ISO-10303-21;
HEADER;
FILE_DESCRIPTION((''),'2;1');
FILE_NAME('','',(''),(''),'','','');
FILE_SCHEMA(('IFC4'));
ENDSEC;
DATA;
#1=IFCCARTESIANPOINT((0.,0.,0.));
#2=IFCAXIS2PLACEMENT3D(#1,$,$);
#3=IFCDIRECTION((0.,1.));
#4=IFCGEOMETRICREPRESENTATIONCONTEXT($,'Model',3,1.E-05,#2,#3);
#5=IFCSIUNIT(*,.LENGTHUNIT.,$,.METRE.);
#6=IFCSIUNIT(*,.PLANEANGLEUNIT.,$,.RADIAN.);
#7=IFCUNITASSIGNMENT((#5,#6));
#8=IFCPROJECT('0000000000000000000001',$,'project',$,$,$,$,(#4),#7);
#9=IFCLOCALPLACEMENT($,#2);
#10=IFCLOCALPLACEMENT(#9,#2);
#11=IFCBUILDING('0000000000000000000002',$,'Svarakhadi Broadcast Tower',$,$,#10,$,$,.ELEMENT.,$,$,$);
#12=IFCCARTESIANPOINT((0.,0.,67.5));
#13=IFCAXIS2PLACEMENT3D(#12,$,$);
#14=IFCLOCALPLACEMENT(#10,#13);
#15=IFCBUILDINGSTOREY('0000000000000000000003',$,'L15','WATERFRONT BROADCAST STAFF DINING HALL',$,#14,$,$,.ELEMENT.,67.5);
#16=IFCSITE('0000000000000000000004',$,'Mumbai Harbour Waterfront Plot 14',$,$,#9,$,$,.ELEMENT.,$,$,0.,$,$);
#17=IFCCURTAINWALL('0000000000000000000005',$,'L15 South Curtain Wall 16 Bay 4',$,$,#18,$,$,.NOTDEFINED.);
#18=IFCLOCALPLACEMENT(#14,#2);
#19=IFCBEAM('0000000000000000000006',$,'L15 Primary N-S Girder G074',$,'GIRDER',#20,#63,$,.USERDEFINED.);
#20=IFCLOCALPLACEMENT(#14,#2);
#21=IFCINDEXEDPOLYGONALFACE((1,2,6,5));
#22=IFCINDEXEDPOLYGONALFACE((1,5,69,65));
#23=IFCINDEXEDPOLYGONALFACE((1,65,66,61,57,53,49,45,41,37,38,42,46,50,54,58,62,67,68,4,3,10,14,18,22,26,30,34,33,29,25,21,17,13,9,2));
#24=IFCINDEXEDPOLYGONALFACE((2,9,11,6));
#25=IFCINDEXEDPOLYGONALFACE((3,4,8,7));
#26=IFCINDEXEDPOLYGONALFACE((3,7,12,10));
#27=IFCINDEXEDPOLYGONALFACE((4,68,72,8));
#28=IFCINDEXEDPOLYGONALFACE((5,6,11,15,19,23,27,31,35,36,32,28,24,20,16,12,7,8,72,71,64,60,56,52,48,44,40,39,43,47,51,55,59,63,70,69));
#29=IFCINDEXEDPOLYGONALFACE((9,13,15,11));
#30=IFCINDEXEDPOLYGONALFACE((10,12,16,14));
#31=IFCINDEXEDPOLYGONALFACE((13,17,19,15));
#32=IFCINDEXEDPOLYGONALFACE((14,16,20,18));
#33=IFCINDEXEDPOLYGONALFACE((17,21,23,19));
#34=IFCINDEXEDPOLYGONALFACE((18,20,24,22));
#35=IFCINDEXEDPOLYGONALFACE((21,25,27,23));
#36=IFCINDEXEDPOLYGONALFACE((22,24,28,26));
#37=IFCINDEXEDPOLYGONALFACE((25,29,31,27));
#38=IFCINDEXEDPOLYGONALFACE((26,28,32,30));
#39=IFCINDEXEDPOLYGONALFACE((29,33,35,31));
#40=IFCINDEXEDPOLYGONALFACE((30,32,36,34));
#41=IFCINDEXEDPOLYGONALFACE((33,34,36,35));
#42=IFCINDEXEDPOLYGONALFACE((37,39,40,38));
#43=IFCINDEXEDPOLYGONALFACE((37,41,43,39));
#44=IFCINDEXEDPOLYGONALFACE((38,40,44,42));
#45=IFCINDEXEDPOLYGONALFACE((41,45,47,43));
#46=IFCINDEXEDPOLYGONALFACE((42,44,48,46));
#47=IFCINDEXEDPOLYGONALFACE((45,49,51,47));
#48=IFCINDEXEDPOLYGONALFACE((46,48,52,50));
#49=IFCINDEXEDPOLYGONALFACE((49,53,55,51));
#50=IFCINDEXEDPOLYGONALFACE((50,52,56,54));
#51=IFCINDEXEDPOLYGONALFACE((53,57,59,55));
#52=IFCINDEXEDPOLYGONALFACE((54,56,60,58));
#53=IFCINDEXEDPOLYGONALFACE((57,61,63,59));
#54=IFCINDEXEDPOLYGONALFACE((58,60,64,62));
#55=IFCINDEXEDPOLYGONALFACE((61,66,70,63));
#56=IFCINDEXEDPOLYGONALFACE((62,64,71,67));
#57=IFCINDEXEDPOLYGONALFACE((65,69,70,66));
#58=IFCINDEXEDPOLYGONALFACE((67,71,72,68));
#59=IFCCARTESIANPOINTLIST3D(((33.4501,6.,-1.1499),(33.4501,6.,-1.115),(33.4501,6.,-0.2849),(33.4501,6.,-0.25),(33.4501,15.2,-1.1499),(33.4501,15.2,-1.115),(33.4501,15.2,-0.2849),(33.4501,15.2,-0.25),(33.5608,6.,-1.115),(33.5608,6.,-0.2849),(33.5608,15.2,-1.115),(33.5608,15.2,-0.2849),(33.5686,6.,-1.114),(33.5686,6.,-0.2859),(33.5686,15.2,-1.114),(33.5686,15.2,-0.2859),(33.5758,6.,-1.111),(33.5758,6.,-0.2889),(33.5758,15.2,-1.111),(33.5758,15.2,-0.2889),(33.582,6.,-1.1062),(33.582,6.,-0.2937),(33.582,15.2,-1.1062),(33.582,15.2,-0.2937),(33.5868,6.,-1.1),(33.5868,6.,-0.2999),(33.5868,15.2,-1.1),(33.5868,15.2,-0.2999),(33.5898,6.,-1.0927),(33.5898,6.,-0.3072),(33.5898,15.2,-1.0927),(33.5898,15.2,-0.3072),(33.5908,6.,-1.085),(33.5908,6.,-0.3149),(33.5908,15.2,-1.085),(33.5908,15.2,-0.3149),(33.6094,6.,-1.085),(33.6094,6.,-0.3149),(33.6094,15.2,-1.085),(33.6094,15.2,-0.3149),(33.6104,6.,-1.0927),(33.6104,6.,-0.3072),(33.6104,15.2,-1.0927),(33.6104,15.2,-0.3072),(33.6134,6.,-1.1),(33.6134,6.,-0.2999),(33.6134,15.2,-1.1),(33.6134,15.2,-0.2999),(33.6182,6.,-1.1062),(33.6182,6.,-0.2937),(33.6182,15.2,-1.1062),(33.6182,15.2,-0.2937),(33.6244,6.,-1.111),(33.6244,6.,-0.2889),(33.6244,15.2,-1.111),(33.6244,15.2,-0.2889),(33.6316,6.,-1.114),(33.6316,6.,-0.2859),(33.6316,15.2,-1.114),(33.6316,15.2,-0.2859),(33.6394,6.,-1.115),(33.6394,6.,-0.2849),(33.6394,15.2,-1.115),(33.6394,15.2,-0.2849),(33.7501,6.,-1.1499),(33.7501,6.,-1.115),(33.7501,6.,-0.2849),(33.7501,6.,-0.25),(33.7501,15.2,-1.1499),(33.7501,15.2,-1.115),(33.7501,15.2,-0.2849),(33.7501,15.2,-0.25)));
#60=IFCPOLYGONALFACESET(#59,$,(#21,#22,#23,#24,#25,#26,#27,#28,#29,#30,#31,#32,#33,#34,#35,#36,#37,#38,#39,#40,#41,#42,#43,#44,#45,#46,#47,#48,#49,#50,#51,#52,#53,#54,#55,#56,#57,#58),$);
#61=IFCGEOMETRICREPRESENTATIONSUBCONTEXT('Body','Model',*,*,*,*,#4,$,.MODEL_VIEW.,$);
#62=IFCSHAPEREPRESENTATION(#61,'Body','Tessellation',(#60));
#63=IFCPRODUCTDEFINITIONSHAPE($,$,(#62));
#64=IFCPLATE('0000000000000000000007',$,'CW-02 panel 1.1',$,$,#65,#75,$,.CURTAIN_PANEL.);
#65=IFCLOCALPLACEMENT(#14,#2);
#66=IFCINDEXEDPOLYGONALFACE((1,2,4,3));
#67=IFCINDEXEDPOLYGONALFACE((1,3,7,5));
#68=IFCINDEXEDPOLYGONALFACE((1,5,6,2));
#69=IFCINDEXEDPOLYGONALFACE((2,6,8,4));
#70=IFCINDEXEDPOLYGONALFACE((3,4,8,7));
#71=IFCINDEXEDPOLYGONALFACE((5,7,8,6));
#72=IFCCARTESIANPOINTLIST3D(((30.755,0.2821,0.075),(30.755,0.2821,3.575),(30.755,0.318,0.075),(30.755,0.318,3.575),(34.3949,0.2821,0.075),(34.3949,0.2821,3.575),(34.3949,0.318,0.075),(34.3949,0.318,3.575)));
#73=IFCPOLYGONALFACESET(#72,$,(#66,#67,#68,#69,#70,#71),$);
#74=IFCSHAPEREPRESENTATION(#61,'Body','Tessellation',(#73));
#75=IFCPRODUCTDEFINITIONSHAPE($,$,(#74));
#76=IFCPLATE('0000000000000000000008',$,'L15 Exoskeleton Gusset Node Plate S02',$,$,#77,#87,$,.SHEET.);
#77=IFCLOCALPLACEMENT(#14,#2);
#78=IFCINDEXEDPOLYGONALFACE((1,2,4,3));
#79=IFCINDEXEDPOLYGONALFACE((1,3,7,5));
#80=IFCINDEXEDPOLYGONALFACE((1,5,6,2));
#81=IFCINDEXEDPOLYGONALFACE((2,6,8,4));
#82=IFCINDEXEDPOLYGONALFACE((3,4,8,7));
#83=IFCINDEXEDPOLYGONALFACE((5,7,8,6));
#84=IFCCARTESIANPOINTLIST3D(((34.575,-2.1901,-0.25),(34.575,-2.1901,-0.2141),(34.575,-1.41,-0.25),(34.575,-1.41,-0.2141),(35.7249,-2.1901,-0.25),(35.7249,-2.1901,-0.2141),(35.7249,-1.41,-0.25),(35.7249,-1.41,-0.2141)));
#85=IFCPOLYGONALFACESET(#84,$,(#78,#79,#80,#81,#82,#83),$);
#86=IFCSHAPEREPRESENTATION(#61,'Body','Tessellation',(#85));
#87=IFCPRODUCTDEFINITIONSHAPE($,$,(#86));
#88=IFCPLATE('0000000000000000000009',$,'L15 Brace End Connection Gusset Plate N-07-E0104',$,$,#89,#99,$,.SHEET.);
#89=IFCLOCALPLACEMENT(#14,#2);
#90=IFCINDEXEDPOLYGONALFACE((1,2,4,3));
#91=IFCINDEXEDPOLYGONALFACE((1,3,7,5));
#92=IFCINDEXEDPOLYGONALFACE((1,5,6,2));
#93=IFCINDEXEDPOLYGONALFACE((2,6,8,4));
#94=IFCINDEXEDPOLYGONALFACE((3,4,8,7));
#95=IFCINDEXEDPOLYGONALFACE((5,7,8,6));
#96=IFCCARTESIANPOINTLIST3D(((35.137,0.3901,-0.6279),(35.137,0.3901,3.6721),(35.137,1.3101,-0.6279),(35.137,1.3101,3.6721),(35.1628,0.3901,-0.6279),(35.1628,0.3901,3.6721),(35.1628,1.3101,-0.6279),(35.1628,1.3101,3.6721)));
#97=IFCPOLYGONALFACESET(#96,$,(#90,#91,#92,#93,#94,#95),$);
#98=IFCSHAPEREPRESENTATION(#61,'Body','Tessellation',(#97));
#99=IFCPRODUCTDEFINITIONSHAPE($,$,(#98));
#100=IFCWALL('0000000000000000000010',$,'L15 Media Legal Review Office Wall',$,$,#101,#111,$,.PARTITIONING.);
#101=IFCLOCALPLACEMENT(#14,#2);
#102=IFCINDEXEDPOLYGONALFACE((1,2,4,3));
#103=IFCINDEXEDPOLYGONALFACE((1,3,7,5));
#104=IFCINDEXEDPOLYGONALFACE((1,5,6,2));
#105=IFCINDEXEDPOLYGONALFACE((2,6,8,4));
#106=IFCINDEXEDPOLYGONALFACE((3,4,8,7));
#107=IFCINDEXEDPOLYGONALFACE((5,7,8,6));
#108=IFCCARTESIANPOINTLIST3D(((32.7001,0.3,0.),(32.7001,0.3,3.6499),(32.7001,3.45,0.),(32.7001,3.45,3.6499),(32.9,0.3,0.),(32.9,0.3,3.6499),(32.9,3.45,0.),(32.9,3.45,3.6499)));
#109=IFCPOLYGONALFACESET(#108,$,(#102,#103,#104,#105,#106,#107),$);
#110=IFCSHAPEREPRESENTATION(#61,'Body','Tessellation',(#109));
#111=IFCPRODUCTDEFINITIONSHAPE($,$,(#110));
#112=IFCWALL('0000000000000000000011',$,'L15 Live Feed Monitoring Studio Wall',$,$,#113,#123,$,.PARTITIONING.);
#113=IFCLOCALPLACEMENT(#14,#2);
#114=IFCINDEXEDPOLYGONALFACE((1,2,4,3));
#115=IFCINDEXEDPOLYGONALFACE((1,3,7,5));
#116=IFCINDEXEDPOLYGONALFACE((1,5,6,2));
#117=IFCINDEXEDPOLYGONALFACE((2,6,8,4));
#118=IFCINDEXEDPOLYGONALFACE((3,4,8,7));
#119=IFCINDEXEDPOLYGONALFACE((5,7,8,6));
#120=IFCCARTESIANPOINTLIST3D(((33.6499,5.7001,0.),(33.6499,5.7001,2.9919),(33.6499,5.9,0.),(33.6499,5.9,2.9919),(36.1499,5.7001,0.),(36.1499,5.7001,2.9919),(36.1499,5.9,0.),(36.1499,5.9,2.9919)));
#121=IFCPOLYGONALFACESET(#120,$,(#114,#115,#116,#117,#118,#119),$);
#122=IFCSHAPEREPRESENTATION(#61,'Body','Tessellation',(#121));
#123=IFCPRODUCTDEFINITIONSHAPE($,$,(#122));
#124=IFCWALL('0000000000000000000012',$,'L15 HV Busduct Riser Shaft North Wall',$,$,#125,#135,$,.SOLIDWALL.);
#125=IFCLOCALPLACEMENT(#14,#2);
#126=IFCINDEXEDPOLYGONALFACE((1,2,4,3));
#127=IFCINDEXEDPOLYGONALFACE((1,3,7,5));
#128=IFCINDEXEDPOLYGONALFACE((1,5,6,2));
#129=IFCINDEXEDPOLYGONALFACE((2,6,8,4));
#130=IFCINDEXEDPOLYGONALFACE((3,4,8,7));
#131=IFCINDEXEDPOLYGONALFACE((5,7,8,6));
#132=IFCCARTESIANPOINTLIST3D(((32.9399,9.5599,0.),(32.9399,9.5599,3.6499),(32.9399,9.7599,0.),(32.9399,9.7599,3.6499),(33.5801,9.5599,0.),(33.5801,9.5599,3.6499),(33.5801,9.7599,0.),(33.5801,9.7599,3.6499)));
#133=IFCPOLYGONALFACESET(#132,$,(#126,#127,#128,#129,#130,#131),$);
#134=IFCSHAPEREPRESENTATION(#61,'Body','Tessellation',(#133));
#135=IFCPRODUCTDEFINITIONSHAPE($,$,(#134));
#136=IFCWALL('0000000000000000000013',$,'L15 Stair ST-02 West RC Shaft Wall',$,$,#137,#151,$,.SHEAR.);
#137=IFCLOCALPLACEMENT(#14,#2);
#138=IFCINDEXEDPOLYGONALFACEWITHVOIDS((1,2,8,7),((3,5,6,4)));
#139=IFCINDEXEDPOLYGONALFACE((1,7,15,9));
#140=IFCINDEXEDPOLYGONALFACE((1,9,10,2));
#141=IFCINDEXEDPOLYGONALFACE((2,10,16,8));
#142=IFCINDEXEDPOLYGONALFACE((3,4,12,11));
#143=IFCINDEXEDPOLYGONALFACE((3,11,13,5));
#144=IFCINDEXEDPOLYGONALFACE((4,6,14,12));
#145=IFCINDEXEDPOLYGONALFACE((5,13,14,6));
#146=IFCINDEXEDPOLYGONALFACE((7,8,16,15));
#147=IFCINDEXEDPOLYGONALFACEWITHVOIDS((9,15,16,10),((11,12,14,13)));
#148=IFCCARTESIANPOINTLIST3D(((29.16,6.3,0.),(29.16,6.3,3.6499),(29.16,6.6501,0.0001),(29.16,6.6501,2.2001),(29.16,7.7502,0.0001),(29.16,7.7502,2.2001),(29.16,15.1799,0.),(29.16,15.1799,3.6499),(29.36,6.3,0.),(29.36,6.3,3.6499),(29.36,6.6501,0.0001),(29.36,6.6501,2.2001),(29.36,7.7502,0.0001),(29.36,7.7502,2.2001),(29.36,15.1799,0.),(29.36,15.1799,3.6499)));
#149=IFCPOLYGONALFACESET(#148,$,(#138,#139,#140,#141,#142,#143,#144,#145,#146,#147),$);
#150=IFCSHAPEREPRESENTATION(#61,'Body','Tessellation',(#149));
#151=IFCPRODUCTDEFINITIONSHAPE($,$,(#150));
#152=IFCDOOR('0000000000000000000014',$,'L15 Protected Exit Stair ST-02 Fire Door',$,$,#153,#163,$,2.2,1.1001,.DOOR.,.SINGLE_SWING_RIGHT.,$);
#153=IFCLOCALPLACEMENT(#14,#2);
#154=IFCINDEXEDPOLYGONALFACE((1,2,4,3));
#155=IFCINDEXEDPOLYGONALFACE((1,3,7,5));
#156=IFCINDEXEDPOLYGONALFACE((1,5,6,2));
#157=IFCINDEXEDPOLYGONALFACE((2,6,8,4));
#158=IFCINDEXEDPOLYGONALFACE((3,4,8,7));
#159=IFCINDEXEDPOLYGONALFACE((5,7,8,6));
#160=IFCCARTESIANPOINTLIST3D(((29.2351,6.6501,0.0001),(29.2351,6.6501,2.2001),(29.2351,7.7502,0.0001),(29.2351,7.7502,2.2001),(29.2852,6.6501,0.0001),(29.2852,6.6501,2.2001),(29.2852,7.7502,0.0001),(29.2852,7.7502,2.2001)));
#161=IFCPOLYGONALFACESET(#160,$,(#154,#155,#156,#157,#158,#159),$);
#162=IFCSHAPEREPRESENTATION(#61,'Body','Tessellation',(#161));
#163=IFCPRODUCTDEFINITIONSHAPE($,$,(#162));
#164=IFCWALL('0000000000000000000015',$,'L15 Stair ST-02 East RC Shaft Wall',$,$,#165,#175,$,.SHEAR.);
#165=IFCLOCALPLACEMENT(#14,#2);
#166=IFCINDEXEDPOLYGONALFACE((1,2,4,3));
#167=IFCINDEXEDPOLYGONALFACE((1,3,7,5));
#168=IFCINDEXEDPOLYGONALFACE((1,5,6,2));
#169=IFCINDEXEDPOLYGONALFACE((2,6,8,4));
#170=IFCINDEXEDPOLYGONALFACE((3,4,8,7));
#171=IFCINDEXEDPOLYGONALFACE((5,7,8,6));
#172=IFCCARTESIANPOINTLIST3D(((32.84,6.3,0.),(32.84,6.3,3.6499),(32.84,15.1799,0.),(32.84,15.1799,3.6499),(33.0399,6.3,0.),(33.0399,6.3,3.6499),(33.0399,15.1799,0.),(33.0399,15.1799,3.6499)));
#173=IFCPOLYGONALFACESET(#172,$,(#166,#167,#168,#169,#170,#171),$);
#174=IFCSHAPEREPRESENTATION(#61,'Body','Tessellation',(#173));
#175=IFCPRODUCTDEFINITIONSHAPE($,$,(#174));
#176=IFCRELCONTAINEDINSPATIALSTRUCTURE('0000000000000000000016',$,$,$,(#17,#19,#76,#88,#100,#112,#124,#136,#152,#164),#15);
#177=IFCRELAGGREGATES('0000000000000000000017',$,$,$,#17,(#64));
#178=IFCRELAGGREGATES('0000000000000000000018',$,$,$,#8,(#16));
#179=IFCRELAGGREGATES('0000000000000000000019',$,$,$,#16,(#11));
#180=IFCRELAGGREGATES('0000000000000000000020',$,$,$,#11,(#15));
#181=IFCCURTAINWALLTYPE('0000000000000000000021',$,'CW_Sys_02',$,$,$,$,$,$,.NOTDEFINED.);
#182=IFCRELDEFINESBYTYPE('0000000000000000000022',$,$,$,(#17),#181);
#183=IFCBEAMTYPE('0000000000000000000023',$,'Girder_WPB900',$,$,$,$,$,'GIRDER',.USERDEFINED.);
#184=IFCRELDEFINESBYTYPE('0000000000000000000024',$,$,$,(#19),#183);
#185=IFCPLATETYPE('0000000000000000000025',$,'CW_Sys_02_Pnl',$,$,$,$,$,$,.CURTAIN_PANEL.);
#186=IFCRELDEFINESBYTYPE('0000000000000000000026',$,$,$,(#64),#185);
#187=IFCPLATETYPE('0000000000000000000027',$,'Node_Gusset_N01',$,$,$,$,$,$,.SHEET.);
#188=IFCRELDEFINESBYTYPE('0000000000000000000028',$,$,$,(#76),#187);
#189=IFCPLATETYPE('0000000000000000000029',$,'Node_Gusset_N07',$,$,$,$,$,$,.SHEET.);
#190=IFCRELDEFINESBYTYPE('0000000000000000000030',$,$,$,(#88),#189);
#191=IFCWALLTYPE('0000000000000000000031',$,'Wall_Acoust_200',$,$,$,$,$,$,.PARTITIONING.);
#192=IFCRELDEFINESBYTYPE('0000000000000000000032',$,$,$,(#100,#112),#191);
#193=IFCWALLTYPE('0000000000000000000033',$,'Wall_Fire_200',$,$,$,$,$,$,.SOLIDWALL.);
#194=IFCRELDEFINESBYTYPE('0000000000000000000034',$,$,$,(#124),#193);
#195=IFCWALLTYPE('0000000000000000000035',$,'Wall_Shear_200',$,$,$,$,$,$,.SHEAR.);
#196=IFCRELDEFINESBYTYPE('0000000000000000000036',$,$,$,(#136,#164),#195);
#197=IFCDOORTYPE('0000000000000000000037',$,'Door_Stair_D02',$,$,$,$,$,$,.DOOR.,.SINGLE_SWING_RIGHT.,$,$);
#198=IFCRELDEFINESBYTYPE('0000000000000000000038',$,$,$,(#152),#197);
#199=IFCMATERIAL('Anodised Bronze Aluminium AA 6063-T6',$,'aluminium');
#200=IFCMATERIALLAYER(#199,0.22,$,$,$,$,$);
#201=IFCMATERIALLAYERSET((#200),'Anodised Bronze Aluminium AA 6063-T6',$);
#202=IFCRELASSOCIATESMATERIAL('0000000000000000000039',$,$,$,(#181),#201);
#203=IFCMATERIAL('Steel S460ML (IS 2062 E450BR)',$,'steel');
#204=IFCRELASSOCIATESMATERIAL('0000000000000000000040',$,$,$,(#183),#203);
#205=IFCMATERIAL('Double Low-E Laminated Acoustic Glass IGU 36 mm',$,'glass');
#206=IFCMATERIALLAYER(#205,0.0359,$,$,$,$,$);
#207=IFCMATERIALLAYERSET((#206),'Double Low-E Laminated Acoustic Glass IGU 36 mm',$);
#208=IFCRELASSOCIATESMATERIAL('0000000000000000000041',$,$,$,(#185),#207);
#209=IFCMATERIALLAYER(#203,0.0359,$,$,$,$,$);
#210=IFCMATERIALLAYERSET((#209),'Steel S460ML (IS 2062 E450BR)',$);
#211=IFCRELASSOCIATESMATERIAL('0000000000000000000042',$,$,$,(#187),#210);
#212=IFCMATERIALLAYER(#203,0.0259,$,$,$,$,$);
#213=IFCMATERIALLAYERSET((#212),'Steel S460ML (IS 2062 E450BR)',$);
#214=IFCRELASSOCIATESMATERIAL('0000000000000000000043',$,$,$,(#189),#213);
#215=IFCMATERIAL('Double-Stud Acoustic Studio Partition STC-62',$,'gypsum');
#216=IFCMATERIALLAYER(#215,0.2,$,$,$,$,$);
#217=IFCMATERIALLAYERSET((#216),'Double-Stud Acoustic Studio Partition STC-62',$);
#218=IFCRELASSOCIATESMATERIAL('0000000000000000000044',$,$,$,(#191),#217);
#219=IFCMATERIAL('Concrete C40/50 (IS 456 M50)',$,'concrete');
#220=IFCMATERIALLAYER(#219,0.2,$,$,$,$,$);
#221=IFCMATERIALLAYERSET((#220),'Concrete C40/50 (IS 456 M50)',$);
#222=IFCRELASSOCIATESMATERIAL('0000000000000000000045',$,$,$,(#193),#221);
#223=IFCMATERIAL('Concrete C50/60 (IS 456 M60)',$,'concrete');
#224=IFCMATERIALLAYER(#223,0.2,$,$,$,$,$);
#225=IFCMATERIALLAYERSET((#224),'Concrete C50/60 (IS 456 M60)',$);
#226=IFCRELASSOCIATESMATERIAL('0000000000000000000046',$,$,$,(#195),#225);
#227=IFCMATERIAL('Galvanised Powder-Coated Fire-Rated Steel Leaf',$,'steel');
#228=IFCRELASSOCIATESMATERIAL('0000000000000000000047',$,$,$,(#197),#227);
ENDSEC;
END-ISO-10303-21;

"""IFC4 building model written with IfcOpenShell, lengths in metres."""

from ifc_helpers import new_model, si_unit, direction, frame, frame_2d, origin, origin_2d, place, context, subcontext, project, spatial, rectangle, i_section, extrude, material, layer, layer_set, material_profile, profile_set, type_object, element, fill, aggregate, save


model = new_model("IFC4")

# Units and contexts
model_context = context("Model", 3, precision=1e-05, world=origin(), true_north=direction((0.0, 1.0)))
body_context = subcontext(model_context, "Body", "Model", "MODEL_VIEW")
ifc_project = project(units=[si_unit("LENGTHUNIT", "METRE"), si_unit("PLANEANGLEUNIT", "RADIAN")], contexts=[model_context])

# Site, building, storey
site_placement = place(None, origin())
site = spatial("IfcSite", under=ifc_project, at=site_placement, Name="Mumbai Harbour Waterfront Plot 14", CompositionType="ELEMENT", RefElevation=0.0)
building_placement = place(site_placement, origin())
building = spatial("IfcBuilding", under=site, at=building_placement, Name="Svarakhadi Broadcast Tower", CompositionType="ELEMENT")
storey_placement = place(building_placement, frame((0.0, 0.0, 67.5)))
storey = spatial("IfcBuildingStorey", under=building, at=storey_placement, Name="L15", Description="WATERFRONT BROADCAST STAFF DINING HALL", CompositionType="ELEMENT", Elevation=67.5)

# Shared definitions
ifc_material_1 = material(Name="Steel S460ML (IS 2062 E450BR)", Category="steel")

# Curtain wall
ifc_material_2 = material(Name="Anodised Bronze Aluminium AA 6063-T6", Category="aluminium")
ifc_layer_1 = layer(ifc_material_2, 0.22)
ifc_layer_set_1 = layer_set([ifc_layer_1], Name="Anodised Bronze Aluminium AA 6063-T6")
curtain_wall_type = type_object("IfcCurtainWallType", Name="CW_Sys_02", PredefinedType="NOTDEFINED", material=ifc_layer_set_1)
curtain_wall_1_placement = place(storey_placement, origin())
curtain_wall_1 = element("IfcCurtainWall", 1, at=curtain_wall_1_placement, inside=storey, type_object=curtain_wall_type, Name="L15 South Curtain Wall 16 Bay 4", PredefinedType="NOTDEFINED")

# Shared definitions
ifc_material_3 = material(Name="Concrete C50/60 (IS 456 M60)", Category="concrete")

# Beam
ifc_material_profile_1 = material_profile(ifc_material_1, i_section(OverallWidth=0.3, OverallDepth=0.8999, WebThickness=0.0186, FlangeThickness=0.0349, FilletRadius=0.03, at=origin_2d()), Name="WPB 900x300x291")
ifc_profile_set_1 = profile_set([ifc_material_profile_1], Name="Steel S460ML (IS 2062 E450BR)")
beam_type_1 = type_object("IfcBeamType", Name="Girder_WPB900", ElementType="GIRDER", PredefinedType="USERDEFINED", material=ifc_profile_set_1)
beam_1_placement = place(storey_placement, frame((33.6001, 6.0, -0.7), z_axis=(0.0, 1.0, 0.0), x_axis=(-1.0, 0.0, 0.0)))
element("IfcBeam", 2, at=beam_1_placement, inside=storey, type_object=beam_type_1, Name="L15 Primary N-S Girder G074", ObjectType="GIRDER", PredefinedType="USERDEFINED", context=body_context, shape_type="SweptSolid", body=[
    extrude(i_section(OverallWidth=0.3, OverallDepth=0.8999, WebThickness=0.0186, FlangeThickness=0.0349, FilletRadius=0.03, at=origin_2d()), origin(), (0.0, 0.0, 1.0), 9.2),
])

# Plate
ifc_material_4 = material(Name="Double Low-E Laminated Acoustic Glass IGU 36 mm", Category="glass")
ifc_layer_2 = layer(ifc_material_4, 0.0359)
ifc_layer_set_2 = layer_set([ifc_layer_2], Name="Double Low-E Laminated Acoustic Glass IGU 36 mm")
plate_type_1 = type_object("IfcPlateType", Name="CW_Sys_02_Pnl", PredefinedType="CURTAIN_PANEL", material=ifc_layer_set_2)
plate_1_placement = place(storey_placement, frame((32.575, 0.3, 0.075), z_axis=(0.0, 0.0, 1.0), x_axis=(-1.0, 0.0, 0.0)))
plate_1 = element("IfcPlate", 3, at=plate_1_placement, type_object=plate_type_1, Name="CW-02 panel 1.1", PredefinedType="CURTAIN_PANEL", context=body_context, shape_type="SweptSolid", body=[
    extrude(rectangle(XDim=3.6399, YDim=0.0359, at=origin_2d()), origin(), (0.0, 0.0, 1.0), 3.5),
])
aggregate(curtain_wall_1, [plate_1])

# Plates
ifc_layer_3 = layer(ifc_material_1, 0.0359)
ifc_layer_set_3 = layer_set([ifc_layer_3], Name="Steel S460ML (IS 2062 E450BR)")
plate_type_2 = type_object("IfcPlateType", Name="Node_Gusset_N01", PredefinedType="SHEET", material=ifc_layer_set_3)
plate_2_placement = place(storey_placement, frame((35.1499, -1.8, -0.25), z_axis=(0.0, 0.0, 1.0), x_axis=(1.0, 0.0, 0.0)))
element("IfcPlate", 4, at=plate_2_placement, inside=storey, type_object=plate_type_2, Name="L15 Exoskeleton Gusset Node Plate S02", PredefinedType="SHEET", context=body_context, shape_type="SweptSolid", body=[
    extrude(rectangle(XDim=1.1499, YDim=0.78, at=origin_2d()), origin(), (0.0, 0.0, 1.0), 0.0359),
])
ifc_layer_4 = layer(ifc_material_1, 0.0259)
ifc_layer_set_4 = layer_set([ifc_layer_4], Name="Steel S460ML (IS 2062 E450BR)")
plate_type_3 = type_object("IfcPlateType", Name="Node_Gusset_N07", PredefinedType="SHEET", material=ifc_layer_set_4)
plate_3_placement = place(storey_placement, frame((35.1499, 0.8501, -0.6279), z_axis=(0.0, 0.0, 1.0), x_axis=(0.0, 1.0, 0.0)))
element("IfcPlate", 5, at=plate_3_placement, inside=storey, type_object=plate_type_3, Name="L15 Brace End Connection Gusset Plate N-07-E0104", PredefinedType="SHEET", context=body_context, shape_type="SweptSolid", body=[
    extrude(rectangle(XDim=0.9199, YDim=0.0259, at=origin_2d()), origin(), (0.0, 0.0, 1.0), 4.3),
])

# Walls
ifc_material_5 = material(Name="Double-Stud Acoustic Studio Partition STC-62", Category="gypsum")
ifc_layer_5 = layer(ifc_material_5, 0.2)
ifc_layer_set_5 = layer_set([ifc_layer_5], Name="Double-Stud Acoustic Studio Partition STC-62")
wall_type_1 = type_object("IfcWallType", Name="Wall_Acoust_200", PredefinedType="PARTITIONING", material=ifc_layer_set_5)
wall_1_placement = place(storey_placement, frame((32.8, 0.3, 0.0), z_axis=(0.0, 0.0, 1.0), x_axis=(0.0, 1.0, 0.0)))
element("IfcWall", 6, at=wall_1_placement, inside=storey, type_object=wall_type_1, Name="L15 Media Legal Review Office Wall", PredefinedType="PARTITIONING", context=body_context, shape_type="SweptSolid", body=[
    extrude(rectangle(XDim=3.1499, YDim=0.2, at=frame_2d((1.575, 0.0))), origin(), (0.0, 0.0, 1.0), 3.6499),
])
wall_2_placement = place(storey_placement, frame((33.6499, 5.8, 0.0), z_axis=(0.0, 0.0, 1.0), x_axis=(1.0, 0.0, 0.0)))
element("IfcWall", 7, at=wall_2_placement, inside=storey, type_object=wall_type_1, Name="L15 Live Feed Monitoring Studio Wall", PredefinedType="PARTITIONING", context=body_context, shape_type="SweptSolid", body=[
    extrude(rectangle(XDim=2.5, YDim=0.2, at=frame_2d((1.25, 0.0))), origin(), (0.0, 0.0, 1.0), 2.9919),
])
ifc_material_6 = material(Name="Concrete C40/50 (IS 456 M50)", Category="concrete")
ifc_layer_6 = layer(ifc_material_6, 0.2)
ifc_layer_set_6 = layer_set([ifc_layer_6], Name="Concrete C40/50 (IS 456 M50)")
wall_type_2 = type_object("IfcWallType", Name="Wall_Fire_200", PredefinedType="SOLIDWALL", material=ifc_layer_set_6)
wall_3_placement = place(storey_placement, frame((32.9399, 9.6599, 0.0), z_axis=(0.0, 0.0, 1.0), x_axis=(1.0, 0.0, 0.0)))
element("IfcWall", 8, at=wall_3_placement, inside=storey, type_object=wall_type_2, Name="L15 HV Busduct Riser Shaft North Wall", PredefinedType="SOLIDWALL", context=body_context, shape_type="SweptSolid", body=[
    extrude(rectangle(XDim=0.6401, YDim=0.2, at=frame_2d((0.3201, 0.0))), origin(), (0.0, 0.0, 1.0), 3.6499),
])

# Wall, opening, door
ifc_layer_7 = layer(ifc_material_3, 0.2)
ifc_layer_set_7 = layer_set([ifc_layer_7], Name="Concrete C50/60 (IS 456 M60)")
wall_type_3 = type_object("IfcWallType", Name="Wall_Shear_200", PredefinedType="SHEAR", material=ifc_layer_set_7)
wall_4_placement = place(storey_placement, frame((29.26, 6.3, 0.0), z_axis=(0.0, 0.0, 1.0), x_axis=(0.0, 1.0, 0.0)))
wall_4 = element("IfcWall", 9, at=wall_4_placement, inside=storey, type_object=wall_type_3, Name="L15 Stair ST-02 West RC Shaft Wall", PredefinedType="SHEAR", context=body_context, shape_type="SweptSolid", body=[
    extrude(rectangle(XDim=8.8799, YDim=0.2, at=frame_2d((4.4399, 0.0))), origin(), (0.0, 0.0, 1.0), 3.6499),
])
opening_1_placement = place(wall_4_placement, frame((0.3501, 0.0, 0.0)))
opening_1 = element("IfcOpeningElement", 10, at=opening_1_placement, cuts=wall_4, PredefinedType="OPENING", context=body_context, shape_type="SweptSolid", body=[
    extrude(rectangle(XDim=1.1001, YDim=2.2, at=frame_2d((0.55, 1.1001))), frame((0.0, 0.1099, 0.0), z_axis=(0.0, -1.0, 0.0), x_axis=(1.0, 0.0, 0.0)), (0.0, 0.0, 1.0), 0.22),
])
ifc_material_7 = material(Name="Galvanised Powder-Coated Fire-Rated Steel Leaf", Category="steel")
door_type_1 = type_object("IfcDoorType", Name="Door_Stair_D02", OperationType="SINGLE_SWING_RIGHT", PredefinedType="DOOR", material=ifc_material_7)
door_1_placement = place(opening_1_placement, origin())
door_1 = element("IfcDoor", 11, at=door_1_placement, inside=storey, type_object=door_type_1, Name="L15 Protected Exit Stair ST-02 Fire Door", OperationType="SINGLE_SWING_RIGHT", OverallHeight=2.2, OverallWidth=1.1001, PredefinedType="DOOR", context=body_context, shape_type="SweptSolid", body=[
    extrude(rectangle(XDim=1.1001, YDim=2.2, at=frame_2d((0.55, 1.1001))), frame((0.0, 0.0249, 0.0), z_axis=(0.0, -1.0, 0.0), x_axis=(1.0, 0.0, 0.0)), (0.0, 0.0, 1.0), 0.05),
])
fill(opening_1, door_1)

# Wall
wall_5_placement = place(storey_placement, frame((32.9399, 6.3, 0.0), z_axis=(0.0, 0.0, 1.0), x_axis=(0.0, 1.0, 0.0)))
element("IfcWall", 12, at=wall_5_placement, inside=storey, type_object=wall_type_3, Name="L15 Stair ST-02 East RC Shaft Wall", PredefinedType="SHEAR", context=body_context, shape_type="SweptSolid", body=[
    extrude(rectangle(XDim=8.8799, YDim=0.2, at=frame_2d((4.4399, 0.0))), origin(), (0.0, 0.0, 1.0), 3.6499),
])

save(model, "model.ifc")
